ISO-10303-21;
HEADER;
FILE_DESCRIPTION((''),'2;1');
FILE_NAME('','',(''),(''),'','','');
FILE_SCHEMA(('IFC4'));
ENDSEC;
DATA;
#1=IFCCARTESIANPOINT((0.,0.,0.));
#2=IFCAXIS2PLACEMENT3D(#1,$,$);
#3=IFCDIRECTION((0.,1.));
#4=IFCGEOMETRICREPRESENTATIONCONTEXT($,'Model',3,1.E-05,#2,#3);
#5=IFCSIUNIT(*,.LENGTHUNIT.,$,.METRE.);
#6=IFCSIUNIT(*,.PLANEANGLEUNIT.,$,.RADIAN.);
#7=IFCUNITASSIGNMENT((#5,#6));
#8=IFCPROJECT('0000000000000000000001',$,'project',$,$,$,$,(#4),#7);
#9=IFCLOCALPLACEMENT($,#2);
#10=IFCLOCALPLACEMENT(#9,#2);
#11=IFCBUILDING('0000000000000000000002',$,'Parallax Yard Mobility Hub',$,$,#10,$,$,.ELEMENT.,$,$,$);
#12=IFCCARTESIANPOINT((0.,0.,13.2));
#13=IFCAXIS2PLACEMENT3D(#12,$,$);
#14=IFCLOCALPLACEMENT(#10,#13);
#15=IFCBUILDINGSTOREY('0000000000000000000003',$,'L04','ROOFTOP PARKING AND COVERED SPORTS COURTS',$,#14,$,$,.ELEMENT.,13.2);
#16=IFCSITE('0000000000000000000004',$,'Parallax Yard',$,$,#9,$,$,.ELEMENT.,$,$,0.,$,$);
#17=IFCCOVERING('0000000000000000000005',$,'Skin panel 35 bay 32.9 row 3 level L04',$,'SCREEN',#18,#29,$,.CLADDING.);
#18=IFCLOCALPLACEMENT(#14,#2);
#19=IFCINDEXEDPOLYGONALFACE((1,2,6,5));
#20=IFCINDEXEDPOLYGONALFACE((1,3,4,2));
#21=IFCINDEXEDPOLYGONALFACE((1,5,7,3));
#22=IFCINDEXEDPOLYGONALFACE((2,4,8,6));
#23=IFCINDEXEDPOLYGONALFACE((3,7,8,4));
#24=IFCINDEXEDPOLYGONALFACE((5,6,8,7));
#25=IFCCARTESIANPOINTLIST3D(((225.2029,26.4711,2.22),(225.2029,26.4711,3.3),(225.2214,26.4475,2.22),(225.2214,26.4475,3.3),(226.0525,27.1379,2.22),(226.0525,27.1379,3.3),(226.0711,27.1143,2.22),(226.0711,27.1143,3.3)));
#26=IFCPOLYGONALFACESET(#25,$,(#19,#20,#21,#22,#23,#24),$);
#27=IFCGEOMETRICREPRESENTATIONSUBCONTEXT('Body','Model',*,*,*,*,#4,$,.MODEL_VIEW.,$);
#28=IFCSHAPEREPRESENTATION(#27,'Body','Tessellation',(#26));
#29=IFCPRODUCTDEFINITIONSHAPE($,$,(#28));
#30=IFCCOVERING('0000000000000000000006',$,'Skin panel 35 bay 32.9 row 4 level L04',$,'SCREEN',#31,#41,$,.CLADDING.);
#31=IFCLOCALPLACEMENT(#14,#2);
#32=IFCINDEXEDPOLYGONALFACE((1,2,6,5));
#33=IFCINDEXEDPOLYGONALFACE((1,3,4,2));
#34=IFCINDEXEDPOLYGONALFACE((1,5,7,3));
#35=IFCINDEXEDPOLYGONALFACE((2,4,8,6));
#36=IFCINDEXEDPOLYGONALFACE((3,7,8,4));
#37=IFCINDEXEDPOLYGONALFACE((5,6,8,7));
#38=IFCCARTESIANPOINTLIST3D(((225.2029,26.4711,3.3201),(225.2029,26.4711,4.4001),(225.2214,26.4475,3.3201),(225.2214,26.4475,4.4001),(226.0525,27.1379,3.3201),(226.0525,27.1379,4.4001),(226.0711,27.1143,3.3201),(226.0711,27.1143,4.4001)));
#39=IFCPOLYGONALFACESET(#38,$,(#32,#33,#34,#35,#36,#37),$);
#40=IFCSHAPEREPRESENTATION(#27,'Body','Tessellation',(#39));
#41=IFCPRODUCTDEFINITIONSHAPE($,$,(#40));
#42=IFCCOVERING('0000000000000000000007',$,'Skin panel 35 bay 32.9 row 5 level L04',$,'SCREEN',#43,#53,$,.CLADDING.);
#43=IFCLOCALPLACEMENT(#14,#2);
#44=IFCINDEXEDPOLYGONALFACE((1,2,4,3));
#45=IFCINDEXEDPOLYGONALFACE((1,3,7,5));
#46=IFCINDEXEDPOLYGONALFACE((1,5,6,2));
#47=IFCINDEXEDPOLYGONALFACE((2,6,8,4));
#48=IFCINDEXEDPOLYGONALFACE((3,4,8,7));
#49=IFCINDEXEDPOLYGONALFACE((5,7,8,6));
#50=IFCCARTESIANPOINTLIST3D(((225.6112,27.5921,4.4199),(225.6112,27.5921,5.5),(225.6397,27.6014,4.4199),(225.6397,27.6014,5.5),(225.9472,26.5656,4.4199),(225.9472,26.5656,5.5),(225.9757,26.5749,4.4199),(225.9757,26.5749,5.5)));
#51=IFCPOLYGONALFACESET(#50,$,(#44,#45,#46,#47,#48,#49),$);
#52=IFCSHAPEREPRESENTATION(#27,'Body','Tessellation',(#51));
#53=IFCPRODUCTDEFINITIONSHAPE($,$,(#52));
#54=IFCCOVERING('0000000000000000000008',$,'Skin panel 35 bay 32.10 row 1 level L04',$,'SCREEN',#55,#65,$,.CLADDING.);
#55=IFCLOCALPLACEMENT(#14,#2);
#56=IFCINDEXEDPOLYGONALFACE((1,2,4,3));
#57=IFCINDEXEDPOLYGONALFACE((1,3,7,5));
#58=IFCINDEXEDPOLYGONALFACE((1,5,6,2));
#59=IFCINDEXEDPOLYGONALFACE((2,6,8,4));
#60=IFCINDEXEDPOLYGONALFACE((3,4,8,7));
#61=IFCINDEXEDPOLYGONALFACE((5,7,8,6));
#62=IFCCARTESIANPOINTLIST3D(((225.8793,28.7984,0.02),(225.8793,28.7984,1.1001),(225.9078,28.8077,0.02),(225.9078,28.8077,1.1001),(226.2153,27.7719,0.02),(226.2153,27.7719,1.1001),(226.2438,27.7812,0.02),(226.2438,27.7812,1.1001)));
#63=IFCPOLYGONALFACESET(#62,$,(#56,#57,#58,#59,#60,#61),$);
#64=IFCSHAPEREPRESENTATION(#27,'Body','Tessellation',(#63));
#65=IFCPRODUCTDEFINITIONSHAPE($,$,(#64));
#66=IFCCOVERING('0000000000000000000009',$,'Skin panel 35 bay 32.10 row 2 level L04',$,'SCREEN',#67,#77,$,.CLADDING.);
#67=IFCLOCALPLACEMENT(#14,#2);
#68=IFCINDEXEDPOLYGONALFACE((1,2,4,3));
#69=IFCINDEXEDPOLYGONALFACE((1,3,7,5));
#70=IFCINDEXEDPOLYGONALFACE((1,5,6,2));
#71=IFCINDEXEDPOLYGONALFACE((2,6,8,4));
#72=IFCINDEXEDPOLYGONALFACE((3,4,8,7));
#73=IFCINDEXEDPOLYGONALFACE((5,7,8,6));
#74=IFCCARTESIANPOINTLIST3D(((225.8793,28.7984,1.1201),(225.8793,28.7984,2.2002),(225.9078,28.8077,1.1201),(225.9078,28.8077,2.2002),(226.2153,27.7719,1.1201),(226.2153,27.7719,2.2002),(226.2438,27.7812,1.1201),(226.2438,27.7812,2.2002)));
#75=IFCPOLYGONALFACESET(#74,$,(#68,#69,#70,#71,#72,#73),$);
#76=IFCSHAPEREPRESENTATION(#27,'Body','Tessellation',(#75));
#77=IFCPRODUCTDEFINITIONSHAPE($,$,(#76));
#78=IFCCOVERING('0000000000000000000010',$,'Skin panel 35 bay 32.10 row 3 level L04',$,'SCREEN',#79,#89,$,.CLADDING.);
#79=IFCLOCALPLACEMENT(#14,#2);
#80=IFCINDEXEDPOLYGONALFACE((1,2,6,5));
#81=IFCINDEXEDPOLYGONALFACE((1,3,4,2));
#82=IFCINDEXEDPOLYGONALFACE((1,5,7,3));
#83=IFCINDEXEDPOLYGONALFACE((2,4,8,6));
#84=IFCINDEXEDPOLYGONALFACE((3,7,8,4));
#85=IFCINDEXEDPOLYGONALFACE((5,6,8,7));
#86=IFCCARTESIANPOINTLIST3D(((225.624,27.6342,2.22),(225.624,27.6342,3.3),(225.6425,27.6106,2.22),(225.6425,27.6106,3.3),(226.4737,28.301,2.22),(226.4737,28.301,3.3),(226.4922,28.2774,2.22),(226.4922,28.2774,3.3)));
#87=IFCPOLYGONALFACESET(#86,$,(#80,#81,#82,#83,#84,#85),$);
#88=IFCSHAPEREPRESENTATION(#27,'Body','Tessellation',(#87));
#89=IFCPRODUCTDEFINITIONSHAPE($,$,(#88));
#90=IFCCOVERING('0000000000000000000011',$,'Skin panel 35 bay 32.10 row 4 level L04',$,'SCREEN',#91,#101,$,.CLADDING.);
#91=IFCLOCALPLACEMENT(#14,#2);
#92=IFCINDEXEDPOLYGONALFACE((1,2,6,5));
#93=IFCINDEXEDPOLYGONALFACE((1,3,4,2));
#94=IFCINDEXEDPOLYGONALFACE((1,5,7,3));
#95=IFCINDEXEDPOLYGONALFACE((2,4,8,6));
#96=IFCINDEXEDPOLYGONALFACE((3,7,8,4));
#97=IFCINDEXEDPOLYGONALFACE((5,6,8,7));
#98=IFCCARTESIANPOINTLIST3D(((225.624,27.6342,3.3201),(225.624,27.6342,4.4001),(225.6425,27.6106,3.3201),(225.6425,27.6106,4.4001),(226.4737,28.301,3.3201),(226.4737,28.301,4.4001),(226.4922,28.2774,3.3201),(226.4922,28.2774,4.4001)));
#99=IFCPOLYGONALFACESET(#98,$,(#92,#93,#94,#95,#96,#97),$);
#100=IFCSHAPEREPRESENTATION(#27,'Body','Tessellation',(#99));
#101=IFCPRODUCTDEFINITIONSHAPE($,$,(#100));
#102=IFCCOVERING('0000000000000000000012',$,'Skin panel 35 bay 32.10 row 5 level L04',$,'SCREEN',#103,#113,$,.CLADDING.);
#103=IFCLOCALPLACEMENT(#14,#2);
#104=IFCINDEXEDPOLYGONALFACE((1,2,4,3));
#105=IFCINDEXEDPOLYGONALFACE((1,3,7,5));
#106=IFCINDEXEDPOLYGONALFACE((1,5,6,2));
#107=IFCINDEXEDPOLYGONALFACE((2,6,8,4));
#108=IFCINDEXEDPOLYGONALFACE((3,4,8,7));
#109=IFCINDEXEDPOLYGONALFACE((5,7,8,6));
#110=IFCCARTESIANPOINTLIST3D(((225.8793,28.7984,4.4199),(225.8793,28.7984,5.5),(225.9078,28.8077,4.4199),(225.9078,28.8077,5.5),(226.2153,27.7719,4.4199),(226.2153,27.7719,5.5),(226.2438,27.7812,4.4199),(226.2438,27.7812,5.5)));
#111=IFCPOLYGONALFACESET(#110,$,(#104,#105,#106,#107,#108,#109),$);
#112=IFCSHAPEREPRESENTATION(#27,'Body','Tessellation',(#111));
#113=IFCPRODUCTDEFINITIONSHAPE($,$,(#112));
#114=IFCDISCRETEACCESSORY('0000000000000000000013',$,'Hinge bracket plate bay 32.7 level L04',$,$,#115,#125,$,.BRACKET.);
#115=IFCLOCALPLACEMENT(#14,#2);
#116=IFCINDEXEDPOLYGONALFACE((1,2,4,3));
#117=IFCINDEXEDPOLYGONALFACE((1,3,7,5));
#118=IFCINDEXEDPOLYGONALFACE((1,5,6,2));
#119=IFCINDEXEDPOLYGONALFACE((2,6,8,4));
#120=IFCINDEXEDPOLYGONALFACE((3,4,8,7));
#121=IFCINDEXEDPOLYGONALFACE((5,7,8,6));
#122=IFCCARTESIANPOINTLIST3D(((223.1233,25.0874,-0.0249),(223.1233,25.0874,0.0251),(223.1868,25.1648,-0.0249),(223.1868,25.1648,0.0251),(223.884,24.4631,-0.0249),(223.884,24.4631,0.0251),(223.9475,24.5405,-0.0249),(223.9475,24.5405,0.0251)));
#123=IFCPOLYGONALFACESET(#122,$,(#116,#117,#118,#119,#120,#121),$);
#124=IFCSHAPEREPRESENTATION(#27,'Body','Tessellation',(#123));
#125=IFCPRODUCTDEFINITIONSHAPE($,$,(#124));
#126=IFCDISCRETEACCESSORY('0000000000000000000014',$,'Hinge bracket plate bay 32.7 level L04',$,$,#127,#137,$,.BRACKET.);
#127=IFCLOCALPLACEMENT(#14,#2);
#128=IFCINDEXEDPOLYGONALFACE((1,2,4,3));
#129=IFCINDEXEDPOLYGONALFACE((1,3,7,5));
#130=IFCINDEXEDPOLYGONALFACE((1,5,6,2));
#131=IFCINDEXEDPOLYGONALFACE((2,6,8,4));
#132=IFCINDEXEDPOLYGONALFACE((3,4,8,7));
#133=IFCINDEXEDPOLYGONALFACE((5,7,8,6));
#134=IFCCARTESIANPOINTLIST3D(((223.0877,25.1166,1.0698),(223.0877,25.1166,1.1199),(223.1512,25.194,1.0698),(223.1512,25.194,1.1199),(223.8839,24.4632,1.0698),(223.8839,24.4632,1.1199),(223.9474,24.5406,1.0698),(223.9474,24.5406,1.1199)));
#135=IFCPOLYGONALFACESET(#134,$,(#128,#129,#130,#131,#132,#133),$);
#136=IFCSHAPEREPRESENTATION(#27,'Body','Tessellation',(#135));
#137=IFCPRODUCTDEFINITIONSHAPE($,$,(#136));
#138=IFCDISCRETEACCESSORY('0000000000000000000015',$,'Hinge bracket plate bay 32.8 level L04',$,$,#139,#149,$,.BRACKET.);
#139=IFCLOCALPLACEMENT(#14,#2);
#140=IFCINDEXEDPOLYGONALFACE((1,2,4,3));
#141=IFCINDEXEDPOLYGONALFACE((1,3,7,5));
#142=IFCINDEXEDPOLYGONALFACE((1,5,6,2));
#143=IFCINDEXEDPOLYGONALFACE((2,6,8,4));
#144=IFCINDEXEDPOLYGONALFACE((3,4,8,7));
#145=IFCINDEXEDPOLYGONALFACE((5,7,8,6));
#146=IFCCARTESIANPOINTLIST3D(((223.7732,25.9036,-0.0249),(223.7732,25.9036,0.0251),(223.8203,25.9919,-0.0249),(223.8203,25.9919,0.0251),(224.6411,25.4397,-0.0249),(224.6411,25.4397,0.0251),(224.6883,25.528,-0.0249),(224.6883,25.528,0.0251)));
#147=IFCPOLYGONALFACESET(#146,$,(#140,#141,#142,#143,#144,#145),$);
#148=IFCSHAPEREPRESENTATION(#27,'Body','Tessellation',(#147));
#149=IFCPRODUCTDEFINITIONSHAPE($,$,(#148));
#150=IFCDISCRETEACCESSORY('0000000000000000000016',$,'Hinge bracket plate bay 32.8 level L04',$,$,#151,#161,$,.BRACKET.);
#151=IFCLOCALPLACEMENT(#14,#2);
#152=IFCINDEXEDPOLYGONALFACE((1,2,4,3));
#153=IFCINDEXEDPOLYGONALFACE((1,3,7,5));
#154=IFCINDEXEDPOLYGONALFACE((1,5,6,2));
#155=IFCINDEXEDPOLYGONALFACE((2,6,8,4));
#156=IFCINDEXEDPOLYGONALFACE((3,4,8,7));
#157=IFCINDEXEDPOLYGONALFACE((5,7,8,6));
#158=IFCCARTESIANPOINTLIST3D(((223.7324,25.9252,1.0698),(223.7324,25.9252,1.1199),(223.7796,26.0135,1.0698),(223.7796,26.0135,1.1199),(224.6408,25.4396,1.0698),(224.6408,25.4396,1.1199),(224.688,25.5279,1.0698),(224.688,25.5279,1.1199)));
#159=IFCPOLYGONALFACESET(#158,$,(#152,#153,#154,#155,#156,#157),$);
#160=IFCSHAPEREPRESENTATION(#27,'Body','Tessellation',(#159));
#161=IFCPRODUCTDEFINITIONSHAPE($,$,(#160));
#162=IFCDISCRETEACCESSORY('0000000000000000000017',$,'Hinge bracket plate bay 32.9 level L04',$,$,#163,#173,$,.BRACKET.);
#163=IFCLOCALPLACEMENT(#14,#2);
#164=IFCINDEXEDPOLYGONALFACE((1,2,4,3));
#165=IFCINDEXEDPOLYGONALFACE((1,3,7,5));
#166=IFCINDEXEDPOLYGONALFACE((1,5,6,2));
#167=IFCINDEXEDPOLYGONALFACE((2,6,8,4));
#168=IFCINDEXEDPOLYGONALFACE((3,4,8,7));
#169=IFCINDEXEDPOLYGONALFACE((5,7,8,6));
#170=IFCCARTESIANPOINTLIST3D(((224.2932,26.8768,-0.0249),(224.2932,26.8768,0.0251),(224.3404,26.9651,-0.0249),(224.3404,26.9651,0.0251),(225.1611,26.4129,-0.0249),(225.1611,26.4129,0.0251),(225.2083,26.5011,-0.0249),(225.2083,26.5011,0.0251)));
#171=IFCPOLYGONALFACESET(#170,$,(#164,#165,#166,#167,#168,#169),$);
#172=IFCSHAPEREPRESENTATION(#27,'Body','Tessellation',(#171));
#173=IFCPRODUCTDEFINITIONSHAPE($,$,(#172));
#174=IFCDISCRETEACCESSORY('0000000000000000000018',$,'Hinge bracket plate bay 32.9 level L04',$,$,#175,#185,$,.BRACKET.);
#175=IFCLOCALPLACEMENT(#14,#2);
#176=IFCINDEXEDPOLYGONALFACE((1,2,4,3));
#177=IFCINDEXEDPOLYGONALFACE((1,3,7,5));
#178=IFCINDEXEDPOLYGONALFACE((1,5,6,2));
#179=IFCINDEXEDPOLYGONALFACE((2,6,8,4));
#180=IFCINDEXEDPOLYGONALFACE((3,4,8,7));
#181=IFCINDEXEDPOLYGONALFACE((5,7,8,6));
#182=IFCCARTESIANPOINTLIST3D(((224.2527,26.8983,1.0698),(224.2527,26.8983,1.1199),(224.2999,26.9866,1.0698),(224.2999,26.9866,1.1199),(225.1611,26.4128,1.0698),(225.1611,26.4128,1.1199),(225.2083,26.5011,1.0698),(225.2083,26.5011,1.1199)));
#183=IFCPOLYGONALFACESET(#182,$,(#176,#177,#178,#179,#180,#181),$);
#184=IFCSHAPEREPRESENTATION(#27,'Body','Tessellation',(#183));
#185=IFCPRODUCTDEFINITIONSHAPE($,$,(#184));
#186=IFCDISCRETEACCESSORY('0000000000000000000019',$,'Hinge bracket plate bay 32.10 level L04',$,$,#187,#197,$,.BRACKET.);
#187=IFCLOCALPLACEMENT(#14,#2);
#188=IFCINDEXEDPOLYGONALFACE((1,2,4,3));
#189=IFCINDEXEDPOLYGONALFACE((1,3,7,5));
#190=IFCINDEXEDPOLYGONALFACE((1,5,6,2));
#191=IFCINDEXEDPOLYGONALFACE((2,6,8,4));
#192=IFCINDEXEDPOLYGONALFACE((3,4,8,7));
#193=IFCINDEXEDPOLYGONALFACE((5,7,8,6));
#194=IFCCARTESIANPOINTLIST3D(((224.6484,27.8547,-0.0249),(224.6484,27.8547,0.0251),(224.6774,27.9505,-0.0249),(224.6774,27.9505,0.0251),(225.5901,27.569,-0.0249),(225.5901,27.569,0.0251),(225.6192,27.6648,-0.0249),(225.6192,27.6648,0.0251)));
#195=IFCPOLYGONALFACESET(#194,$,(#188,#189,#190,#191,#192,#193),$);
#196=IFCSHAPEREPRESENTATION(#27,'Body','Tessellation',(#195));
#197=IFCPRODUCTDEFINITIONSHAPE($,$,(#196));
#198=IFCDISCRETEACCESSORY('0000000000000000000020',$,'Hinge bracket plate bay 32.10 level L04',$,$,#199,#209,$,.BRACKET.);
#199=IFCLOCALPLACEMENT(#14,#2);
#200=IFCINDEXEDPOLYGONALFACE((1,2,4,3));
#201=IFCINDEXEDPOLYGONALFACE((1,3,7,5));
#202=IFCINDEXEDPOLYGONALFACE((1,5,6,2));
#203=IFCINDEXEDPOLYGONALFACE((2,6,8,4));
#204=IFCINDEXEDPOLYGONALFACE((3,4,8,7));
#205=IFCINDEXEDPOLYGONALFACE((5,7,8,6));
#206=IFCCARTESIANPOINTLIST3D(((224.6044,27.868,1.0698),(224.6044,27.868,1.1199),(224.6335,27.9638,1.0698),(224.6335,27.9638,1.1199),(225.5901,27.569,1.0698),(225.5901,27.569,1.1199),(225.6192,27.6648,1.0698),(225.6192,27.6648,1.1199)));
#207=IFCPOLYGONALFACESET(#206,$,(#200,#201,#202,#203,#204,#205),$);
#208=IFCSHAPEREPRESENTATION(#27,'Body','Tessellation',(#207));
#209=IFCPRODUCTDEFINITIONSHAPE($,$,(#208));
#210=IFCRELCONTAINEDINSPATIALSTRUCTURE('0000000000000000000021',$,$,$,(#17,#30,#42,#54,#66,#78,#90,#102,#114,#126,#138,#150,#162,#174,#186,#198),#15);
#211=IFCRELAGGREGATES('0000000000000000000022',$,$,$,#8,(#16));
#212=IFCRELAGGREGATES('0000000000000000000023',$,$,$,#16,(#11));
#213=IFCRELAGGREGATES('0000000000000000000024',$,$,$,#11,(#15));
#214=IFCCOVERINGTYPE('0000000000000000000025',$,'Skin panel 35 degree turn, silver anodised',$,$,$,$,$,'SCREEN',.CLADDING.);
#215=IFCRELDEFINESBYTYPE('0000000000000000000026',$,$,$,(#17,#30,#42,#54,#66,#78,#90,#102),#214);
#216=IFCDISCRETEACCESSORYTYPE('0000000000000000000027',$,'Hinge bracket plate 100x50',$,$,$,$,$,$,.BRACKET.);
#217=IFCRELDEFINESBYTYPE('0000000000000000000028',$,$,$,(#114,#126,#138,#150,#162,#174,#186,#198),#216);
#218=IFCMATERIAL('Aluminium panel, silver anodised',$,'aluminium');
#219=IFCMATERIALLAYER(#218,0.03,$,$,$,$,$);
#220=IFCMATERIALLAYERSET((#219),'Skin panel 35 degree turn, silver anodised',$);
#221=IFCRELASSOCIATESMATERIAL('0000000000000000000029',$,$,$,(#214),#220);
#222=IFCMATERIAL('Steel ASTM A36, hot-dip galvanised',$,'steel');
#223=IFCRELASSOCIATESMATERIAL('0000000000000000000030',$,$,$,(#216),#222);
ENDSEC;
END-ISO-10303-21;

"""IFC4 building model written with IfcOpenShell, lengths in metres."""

from ifc_helpers import new_model, si_unit, direction, frame, origin, origin_2d, place, context, subcontext, project, spatial, rectangle, extrude, material, layer, layer_set, type_object, element, save


model = new_model("IFC4")

# Units and contexts
model_context = context("Model", 3, precision=1e-05, world=origin(), true_north=direction((0.0, 1.0)))
body_context = subcontext(model_context, "Body", "Model", "MODEL_VIEW")
ifc_project = project(units=[si_unit("LENGTHUNIT", "METRE"), si_unit("PLANEANGLEUNIT", "RADIAN")], contexts=[model_context])

# Site, building, storey
site_placement = place(None, origin())
site = spatial("IfcSite", under=ifc_project, at=site_placement, Name="Parallax Yard", CompositionType="ELEMENT", RefElevation=0.0)
building_placement = place(site_placement, origin())
building = spatial("IfcBuilding", under=site, at=building_placement, Name="Parallax Yard Mobility Hub", CompositionType="ELEMENT")
storey_placement = place(building_placement, frame((0.0, 0.0, 13.2)))
storey = spatial("IfcBuildingStorey", under=building, at=storey_placement, Name="L04", Description="ROOFTOP PARKING AND COVERED SPORTS COURTS", CompositionType="ELEMENT", Elevation=13.2)

# Coverings
ifc_material_1 = material(Name="Aluminium panel, silver anodised", Category="aluminium")
ifc_layer_1 = layer(ifc_material_1, 0.03)
ifc_layer_set_1 = layer_set([ifc_layer_1], Name="Skin panel 35 degree turn, silver anodised")
covering_type_1 = type_object("IfcCoveringType", Name="Skin panel 35 degree turn, silver anodised", ElementType="SCREEN", PredefinedType="CLADDING", material=ifc_layer_set_1)
for number, where, z_axis, x_axis, name in (
    (1, (225.637, 26.7927, 2.22), (0.0, 0.0, 1.0), (0.786666, 0.617379, 0.0), "Skin panel 35 bay 32.9 row 3 level L04"),
    (2, (225.637, 26.7927, 3.3201), (0.0, 0.0, 1.0), (0.786666, 0.617379, 0.0), "Skin panel 35 bay 32.9 row 4 level L04"),
    (3, (225.7935, 27.0835, 4.4199), (0.0, 0.0, 1.0), (0.311091, -0.95038, 0.0), "Skin panel 35 bay 32.9 row 5 level L04"),
    (4, (226.0615, 28.2898, 0.02), (0.0, 0.0, 1.0), (0.311091, -0.95038, 0.0), "Skin panel 35 bay 32.10 row 1 level L04"),
    (5, (226.0615, 28.2898, 1.1201), (0.0, 0.0, 1.0), (0.311091, -0.95038, 0.0), "Skin panel 35 bay 32.10 row 2 level L04"),
    (6, (226.0581, 27.9558, 2.22), (0.0, 0.0, 1.0), (0.786666, 0.617379, 0.0), "Skin panel 35 bay 32.10 row 3 level L04"),
    (7, (226.0581, 27.9558, 3.3201), (0.0, 0.0, 1.0), (0.786666, 0.617379, 0.0), "Skin panel 35 bay 32.10 row 4 level L04"),
    (8, (226.0615, 28.2898, 4.4199), (0.0, 0.0, 1.0), (0.311091, -0.95038, 0.0), "Skin panel 35 bay 32.10 row 5 level L04"),
):
    element("IfcCovering", number, at=place(storey_placement, frame(where, z_axis=z_axis, x_axis=x_axis)), inside=storey, type_object=covering_type_1, Name=name, ObjectType="SCREEN", PredefinedType="CLADDING", context=body_context, shape_type="SweptSolid", body=[
        extrude(rectangle(XDim=1.0801, YDim=0.03, at=origin_2d()), origin(), (0.0, 0.0, 1.0), 1.0801),
    ])

# Discrete accessories
ifc_material_2 = material(Name="Steel ASTM A36, hot-dip galvanised", Category="steel")
discrete_accessory_type_1 = type_object("IfcDiscreteAccessoryType", Name="Hinge bracket plate 100x50", PredefinedType="BRACKET", material=ifc_material_2)
discrete_accessory_1_placement = place(storey_placement, frame((223.5354, 24.814, -0.0249), z_axis=(0.0, 0.0, 1.0), x_axis=(0.77301, -0.634393, 0.0)))
element("IfcDiscreteAccessory", 9, at=discrete_accessory_1_placement, inside=storey, type_object=discrete_accessory_type_1, Name="Hinge bracket plate bay 32.7 level L04", PredefinedType="BRACKET", context=body_context, shape_type="SweptSolid", body=[
    extrude(rectangle(XDim=0.9841, YDim=0.1001, at=origin_2d()), origin(), (0.0, 0.0, 1.0), 0.05),
])
discrete_accessory_2_placement = place(storey_placement, frame((223.5176, 24.8286, 1.0698), z_axis=(0.0, 0.0, 1.0), x_axis=(0.77301, -0.634393, 0.0)))
element("IfcDiscreteAccessory", 10, at=discrete_accessory_2_placement, inside=storey, type_object=discrete_accessory_type_1, Name="Hinge bracket plate bay 32.7 level L04", PredefinedType="BRACKET", context=body_context, shape_type="SweptSolid", body=[
    extrude(rectangle(XDim=1.03, YDim=0.1001, at=origin_2d()), origin(), (0.0, 0.0, 1.0), 0.05),
])
discrete_accessory_3_placement = place(storey_placement, frame((224.2307, 25.7158, -0.0249), z_axis=(0.0, 0.0, 1.0), x_axis=(0.881921, -0.471397, 0.0)))
element("IfcDiscreteAccessory", 11, at=discrete_accessory_3_placement, inside=storey, type_object=discrete_accessory_type_1, Name="Hinge bracket plate bay 32.8 level L04", PredefinedType="BRACKET", context=body_context, shape_type="SweptSolid", body=[
    extrude(rectangle(XDim=0.9841, YDim=0.1001, at=origin_2d()), origin(), (0.0, 0.0, 1.0), 0.05),
])
discrete_accessory_4_placement = place(storey_placement, frame((224.2102, 25.7266, 1.0698), z_axis=(0.0, 0.0, 1.0), x_axis=(0.881921, -0.471397, 0.0)))
element("IfcDiscreteAccessory", 12, at=discrete_accessory_4_placement, inside=storey, type_object=discrete_accessory_type_1, Name="Hinge bracket plate bay 32.8 level L04", PredefinedType="BRACKET", context=body_context, shape_type="SweptSolid", body=[
    extrude(rectangle(XDim=1.03, YDim=0.1001, at=origin_2d()), origin(), (0.0, 0.0, 1.0), 0.05),
])
discrete_accessory_5_placement = place(storey_placement, frame((224.7507, 26.689, -0.0249), z_axis=(0.0, 0.0, 1.0), x_axis=(0.881921, -0.471397, 0.0)))
element("IfcDiscreteAccessory", 13, at=discrete_accessory_5_placement, inside=storey, type_object=discrete_accessory_type_1, Name="Hinge bracket plate bay 32.9 level L04", PredefinedType="BRACKET", context=body_context, shape_type="SweptSolid", body=[
    extrude(rectangle(XDim=0.9841, YDim=0.1001, at=origin_2d()), origin(), (0.0, 0.0, 1.0), 0.05),
])
discrete_accessory_6_placement = place(storey_placement, frame((224.7305, 26.6997, 1.0698), z_axis=(0.0, 0.0, 1.0), x_axis=(0.881921, -0.471397, 0.0)))
element("IfcDiscreteAccessory", 14, at=discrete_accessory_6_placement, inside=storey, type_object=discrete_accessory_type_1, Name="Hinge bracket plate bay 32.9 level L04", PredefinedType="BRACKET", context=body_context, shape_type="SweptSolid", body=[
    extrude(rectangle(XDim=1.03, YDim=0.1001, at=origin_2d()), origin(), (0.0, 0.0, 1.0), 0.05),
])
discrete_accessory_7_placement = place(storey_placement, frame((225.1338, 27.7598, -0.0249), z_axis=(0.0, 0.0, 1.0), x_axis=(0.95694, -0.290285, 0.0)))
element("IfcDiscreteAccessory", 15, at=discrete_accessory_7_placement, inside=storey, type_object=discrete_accessory_type_1, Name="Hinge bracket plate bay 32.10 level L04", PredefinedType="BRACKET", context=body_context, shape_type="SweptSolid", body=[
    extrude(rectangle(XDim=0.9841, YDim=0.1001, at=origin_2d()), origin(), (0.0, 0.0, 1.0), 0.05),
])
discrete_accessory_8_placement = place(storey_placement, frame((225.1118, 27.7664, 1.0698), z_axis=(0.0, 0.0, 1.0), x_axis=(0.95694, -0.290285, 0.0)))
element("IfcDiscreteAccessory", 16, at=discrete_accessory_8_placement, inside=storey, type_object=discrete_accessory_type_1, Name="Hinge bracket plate bay 32.10 level L04", PredefinedType="BRACKET", context=body_context, shape_type="SweptSolid", body=[
    extrude(rectangle(XDim=1.03, YDim=0.1001, at=origin_2d()), origin(), (0.0, 0.0, 1.0), 0.05),
])

save(model, "model.ifc")
